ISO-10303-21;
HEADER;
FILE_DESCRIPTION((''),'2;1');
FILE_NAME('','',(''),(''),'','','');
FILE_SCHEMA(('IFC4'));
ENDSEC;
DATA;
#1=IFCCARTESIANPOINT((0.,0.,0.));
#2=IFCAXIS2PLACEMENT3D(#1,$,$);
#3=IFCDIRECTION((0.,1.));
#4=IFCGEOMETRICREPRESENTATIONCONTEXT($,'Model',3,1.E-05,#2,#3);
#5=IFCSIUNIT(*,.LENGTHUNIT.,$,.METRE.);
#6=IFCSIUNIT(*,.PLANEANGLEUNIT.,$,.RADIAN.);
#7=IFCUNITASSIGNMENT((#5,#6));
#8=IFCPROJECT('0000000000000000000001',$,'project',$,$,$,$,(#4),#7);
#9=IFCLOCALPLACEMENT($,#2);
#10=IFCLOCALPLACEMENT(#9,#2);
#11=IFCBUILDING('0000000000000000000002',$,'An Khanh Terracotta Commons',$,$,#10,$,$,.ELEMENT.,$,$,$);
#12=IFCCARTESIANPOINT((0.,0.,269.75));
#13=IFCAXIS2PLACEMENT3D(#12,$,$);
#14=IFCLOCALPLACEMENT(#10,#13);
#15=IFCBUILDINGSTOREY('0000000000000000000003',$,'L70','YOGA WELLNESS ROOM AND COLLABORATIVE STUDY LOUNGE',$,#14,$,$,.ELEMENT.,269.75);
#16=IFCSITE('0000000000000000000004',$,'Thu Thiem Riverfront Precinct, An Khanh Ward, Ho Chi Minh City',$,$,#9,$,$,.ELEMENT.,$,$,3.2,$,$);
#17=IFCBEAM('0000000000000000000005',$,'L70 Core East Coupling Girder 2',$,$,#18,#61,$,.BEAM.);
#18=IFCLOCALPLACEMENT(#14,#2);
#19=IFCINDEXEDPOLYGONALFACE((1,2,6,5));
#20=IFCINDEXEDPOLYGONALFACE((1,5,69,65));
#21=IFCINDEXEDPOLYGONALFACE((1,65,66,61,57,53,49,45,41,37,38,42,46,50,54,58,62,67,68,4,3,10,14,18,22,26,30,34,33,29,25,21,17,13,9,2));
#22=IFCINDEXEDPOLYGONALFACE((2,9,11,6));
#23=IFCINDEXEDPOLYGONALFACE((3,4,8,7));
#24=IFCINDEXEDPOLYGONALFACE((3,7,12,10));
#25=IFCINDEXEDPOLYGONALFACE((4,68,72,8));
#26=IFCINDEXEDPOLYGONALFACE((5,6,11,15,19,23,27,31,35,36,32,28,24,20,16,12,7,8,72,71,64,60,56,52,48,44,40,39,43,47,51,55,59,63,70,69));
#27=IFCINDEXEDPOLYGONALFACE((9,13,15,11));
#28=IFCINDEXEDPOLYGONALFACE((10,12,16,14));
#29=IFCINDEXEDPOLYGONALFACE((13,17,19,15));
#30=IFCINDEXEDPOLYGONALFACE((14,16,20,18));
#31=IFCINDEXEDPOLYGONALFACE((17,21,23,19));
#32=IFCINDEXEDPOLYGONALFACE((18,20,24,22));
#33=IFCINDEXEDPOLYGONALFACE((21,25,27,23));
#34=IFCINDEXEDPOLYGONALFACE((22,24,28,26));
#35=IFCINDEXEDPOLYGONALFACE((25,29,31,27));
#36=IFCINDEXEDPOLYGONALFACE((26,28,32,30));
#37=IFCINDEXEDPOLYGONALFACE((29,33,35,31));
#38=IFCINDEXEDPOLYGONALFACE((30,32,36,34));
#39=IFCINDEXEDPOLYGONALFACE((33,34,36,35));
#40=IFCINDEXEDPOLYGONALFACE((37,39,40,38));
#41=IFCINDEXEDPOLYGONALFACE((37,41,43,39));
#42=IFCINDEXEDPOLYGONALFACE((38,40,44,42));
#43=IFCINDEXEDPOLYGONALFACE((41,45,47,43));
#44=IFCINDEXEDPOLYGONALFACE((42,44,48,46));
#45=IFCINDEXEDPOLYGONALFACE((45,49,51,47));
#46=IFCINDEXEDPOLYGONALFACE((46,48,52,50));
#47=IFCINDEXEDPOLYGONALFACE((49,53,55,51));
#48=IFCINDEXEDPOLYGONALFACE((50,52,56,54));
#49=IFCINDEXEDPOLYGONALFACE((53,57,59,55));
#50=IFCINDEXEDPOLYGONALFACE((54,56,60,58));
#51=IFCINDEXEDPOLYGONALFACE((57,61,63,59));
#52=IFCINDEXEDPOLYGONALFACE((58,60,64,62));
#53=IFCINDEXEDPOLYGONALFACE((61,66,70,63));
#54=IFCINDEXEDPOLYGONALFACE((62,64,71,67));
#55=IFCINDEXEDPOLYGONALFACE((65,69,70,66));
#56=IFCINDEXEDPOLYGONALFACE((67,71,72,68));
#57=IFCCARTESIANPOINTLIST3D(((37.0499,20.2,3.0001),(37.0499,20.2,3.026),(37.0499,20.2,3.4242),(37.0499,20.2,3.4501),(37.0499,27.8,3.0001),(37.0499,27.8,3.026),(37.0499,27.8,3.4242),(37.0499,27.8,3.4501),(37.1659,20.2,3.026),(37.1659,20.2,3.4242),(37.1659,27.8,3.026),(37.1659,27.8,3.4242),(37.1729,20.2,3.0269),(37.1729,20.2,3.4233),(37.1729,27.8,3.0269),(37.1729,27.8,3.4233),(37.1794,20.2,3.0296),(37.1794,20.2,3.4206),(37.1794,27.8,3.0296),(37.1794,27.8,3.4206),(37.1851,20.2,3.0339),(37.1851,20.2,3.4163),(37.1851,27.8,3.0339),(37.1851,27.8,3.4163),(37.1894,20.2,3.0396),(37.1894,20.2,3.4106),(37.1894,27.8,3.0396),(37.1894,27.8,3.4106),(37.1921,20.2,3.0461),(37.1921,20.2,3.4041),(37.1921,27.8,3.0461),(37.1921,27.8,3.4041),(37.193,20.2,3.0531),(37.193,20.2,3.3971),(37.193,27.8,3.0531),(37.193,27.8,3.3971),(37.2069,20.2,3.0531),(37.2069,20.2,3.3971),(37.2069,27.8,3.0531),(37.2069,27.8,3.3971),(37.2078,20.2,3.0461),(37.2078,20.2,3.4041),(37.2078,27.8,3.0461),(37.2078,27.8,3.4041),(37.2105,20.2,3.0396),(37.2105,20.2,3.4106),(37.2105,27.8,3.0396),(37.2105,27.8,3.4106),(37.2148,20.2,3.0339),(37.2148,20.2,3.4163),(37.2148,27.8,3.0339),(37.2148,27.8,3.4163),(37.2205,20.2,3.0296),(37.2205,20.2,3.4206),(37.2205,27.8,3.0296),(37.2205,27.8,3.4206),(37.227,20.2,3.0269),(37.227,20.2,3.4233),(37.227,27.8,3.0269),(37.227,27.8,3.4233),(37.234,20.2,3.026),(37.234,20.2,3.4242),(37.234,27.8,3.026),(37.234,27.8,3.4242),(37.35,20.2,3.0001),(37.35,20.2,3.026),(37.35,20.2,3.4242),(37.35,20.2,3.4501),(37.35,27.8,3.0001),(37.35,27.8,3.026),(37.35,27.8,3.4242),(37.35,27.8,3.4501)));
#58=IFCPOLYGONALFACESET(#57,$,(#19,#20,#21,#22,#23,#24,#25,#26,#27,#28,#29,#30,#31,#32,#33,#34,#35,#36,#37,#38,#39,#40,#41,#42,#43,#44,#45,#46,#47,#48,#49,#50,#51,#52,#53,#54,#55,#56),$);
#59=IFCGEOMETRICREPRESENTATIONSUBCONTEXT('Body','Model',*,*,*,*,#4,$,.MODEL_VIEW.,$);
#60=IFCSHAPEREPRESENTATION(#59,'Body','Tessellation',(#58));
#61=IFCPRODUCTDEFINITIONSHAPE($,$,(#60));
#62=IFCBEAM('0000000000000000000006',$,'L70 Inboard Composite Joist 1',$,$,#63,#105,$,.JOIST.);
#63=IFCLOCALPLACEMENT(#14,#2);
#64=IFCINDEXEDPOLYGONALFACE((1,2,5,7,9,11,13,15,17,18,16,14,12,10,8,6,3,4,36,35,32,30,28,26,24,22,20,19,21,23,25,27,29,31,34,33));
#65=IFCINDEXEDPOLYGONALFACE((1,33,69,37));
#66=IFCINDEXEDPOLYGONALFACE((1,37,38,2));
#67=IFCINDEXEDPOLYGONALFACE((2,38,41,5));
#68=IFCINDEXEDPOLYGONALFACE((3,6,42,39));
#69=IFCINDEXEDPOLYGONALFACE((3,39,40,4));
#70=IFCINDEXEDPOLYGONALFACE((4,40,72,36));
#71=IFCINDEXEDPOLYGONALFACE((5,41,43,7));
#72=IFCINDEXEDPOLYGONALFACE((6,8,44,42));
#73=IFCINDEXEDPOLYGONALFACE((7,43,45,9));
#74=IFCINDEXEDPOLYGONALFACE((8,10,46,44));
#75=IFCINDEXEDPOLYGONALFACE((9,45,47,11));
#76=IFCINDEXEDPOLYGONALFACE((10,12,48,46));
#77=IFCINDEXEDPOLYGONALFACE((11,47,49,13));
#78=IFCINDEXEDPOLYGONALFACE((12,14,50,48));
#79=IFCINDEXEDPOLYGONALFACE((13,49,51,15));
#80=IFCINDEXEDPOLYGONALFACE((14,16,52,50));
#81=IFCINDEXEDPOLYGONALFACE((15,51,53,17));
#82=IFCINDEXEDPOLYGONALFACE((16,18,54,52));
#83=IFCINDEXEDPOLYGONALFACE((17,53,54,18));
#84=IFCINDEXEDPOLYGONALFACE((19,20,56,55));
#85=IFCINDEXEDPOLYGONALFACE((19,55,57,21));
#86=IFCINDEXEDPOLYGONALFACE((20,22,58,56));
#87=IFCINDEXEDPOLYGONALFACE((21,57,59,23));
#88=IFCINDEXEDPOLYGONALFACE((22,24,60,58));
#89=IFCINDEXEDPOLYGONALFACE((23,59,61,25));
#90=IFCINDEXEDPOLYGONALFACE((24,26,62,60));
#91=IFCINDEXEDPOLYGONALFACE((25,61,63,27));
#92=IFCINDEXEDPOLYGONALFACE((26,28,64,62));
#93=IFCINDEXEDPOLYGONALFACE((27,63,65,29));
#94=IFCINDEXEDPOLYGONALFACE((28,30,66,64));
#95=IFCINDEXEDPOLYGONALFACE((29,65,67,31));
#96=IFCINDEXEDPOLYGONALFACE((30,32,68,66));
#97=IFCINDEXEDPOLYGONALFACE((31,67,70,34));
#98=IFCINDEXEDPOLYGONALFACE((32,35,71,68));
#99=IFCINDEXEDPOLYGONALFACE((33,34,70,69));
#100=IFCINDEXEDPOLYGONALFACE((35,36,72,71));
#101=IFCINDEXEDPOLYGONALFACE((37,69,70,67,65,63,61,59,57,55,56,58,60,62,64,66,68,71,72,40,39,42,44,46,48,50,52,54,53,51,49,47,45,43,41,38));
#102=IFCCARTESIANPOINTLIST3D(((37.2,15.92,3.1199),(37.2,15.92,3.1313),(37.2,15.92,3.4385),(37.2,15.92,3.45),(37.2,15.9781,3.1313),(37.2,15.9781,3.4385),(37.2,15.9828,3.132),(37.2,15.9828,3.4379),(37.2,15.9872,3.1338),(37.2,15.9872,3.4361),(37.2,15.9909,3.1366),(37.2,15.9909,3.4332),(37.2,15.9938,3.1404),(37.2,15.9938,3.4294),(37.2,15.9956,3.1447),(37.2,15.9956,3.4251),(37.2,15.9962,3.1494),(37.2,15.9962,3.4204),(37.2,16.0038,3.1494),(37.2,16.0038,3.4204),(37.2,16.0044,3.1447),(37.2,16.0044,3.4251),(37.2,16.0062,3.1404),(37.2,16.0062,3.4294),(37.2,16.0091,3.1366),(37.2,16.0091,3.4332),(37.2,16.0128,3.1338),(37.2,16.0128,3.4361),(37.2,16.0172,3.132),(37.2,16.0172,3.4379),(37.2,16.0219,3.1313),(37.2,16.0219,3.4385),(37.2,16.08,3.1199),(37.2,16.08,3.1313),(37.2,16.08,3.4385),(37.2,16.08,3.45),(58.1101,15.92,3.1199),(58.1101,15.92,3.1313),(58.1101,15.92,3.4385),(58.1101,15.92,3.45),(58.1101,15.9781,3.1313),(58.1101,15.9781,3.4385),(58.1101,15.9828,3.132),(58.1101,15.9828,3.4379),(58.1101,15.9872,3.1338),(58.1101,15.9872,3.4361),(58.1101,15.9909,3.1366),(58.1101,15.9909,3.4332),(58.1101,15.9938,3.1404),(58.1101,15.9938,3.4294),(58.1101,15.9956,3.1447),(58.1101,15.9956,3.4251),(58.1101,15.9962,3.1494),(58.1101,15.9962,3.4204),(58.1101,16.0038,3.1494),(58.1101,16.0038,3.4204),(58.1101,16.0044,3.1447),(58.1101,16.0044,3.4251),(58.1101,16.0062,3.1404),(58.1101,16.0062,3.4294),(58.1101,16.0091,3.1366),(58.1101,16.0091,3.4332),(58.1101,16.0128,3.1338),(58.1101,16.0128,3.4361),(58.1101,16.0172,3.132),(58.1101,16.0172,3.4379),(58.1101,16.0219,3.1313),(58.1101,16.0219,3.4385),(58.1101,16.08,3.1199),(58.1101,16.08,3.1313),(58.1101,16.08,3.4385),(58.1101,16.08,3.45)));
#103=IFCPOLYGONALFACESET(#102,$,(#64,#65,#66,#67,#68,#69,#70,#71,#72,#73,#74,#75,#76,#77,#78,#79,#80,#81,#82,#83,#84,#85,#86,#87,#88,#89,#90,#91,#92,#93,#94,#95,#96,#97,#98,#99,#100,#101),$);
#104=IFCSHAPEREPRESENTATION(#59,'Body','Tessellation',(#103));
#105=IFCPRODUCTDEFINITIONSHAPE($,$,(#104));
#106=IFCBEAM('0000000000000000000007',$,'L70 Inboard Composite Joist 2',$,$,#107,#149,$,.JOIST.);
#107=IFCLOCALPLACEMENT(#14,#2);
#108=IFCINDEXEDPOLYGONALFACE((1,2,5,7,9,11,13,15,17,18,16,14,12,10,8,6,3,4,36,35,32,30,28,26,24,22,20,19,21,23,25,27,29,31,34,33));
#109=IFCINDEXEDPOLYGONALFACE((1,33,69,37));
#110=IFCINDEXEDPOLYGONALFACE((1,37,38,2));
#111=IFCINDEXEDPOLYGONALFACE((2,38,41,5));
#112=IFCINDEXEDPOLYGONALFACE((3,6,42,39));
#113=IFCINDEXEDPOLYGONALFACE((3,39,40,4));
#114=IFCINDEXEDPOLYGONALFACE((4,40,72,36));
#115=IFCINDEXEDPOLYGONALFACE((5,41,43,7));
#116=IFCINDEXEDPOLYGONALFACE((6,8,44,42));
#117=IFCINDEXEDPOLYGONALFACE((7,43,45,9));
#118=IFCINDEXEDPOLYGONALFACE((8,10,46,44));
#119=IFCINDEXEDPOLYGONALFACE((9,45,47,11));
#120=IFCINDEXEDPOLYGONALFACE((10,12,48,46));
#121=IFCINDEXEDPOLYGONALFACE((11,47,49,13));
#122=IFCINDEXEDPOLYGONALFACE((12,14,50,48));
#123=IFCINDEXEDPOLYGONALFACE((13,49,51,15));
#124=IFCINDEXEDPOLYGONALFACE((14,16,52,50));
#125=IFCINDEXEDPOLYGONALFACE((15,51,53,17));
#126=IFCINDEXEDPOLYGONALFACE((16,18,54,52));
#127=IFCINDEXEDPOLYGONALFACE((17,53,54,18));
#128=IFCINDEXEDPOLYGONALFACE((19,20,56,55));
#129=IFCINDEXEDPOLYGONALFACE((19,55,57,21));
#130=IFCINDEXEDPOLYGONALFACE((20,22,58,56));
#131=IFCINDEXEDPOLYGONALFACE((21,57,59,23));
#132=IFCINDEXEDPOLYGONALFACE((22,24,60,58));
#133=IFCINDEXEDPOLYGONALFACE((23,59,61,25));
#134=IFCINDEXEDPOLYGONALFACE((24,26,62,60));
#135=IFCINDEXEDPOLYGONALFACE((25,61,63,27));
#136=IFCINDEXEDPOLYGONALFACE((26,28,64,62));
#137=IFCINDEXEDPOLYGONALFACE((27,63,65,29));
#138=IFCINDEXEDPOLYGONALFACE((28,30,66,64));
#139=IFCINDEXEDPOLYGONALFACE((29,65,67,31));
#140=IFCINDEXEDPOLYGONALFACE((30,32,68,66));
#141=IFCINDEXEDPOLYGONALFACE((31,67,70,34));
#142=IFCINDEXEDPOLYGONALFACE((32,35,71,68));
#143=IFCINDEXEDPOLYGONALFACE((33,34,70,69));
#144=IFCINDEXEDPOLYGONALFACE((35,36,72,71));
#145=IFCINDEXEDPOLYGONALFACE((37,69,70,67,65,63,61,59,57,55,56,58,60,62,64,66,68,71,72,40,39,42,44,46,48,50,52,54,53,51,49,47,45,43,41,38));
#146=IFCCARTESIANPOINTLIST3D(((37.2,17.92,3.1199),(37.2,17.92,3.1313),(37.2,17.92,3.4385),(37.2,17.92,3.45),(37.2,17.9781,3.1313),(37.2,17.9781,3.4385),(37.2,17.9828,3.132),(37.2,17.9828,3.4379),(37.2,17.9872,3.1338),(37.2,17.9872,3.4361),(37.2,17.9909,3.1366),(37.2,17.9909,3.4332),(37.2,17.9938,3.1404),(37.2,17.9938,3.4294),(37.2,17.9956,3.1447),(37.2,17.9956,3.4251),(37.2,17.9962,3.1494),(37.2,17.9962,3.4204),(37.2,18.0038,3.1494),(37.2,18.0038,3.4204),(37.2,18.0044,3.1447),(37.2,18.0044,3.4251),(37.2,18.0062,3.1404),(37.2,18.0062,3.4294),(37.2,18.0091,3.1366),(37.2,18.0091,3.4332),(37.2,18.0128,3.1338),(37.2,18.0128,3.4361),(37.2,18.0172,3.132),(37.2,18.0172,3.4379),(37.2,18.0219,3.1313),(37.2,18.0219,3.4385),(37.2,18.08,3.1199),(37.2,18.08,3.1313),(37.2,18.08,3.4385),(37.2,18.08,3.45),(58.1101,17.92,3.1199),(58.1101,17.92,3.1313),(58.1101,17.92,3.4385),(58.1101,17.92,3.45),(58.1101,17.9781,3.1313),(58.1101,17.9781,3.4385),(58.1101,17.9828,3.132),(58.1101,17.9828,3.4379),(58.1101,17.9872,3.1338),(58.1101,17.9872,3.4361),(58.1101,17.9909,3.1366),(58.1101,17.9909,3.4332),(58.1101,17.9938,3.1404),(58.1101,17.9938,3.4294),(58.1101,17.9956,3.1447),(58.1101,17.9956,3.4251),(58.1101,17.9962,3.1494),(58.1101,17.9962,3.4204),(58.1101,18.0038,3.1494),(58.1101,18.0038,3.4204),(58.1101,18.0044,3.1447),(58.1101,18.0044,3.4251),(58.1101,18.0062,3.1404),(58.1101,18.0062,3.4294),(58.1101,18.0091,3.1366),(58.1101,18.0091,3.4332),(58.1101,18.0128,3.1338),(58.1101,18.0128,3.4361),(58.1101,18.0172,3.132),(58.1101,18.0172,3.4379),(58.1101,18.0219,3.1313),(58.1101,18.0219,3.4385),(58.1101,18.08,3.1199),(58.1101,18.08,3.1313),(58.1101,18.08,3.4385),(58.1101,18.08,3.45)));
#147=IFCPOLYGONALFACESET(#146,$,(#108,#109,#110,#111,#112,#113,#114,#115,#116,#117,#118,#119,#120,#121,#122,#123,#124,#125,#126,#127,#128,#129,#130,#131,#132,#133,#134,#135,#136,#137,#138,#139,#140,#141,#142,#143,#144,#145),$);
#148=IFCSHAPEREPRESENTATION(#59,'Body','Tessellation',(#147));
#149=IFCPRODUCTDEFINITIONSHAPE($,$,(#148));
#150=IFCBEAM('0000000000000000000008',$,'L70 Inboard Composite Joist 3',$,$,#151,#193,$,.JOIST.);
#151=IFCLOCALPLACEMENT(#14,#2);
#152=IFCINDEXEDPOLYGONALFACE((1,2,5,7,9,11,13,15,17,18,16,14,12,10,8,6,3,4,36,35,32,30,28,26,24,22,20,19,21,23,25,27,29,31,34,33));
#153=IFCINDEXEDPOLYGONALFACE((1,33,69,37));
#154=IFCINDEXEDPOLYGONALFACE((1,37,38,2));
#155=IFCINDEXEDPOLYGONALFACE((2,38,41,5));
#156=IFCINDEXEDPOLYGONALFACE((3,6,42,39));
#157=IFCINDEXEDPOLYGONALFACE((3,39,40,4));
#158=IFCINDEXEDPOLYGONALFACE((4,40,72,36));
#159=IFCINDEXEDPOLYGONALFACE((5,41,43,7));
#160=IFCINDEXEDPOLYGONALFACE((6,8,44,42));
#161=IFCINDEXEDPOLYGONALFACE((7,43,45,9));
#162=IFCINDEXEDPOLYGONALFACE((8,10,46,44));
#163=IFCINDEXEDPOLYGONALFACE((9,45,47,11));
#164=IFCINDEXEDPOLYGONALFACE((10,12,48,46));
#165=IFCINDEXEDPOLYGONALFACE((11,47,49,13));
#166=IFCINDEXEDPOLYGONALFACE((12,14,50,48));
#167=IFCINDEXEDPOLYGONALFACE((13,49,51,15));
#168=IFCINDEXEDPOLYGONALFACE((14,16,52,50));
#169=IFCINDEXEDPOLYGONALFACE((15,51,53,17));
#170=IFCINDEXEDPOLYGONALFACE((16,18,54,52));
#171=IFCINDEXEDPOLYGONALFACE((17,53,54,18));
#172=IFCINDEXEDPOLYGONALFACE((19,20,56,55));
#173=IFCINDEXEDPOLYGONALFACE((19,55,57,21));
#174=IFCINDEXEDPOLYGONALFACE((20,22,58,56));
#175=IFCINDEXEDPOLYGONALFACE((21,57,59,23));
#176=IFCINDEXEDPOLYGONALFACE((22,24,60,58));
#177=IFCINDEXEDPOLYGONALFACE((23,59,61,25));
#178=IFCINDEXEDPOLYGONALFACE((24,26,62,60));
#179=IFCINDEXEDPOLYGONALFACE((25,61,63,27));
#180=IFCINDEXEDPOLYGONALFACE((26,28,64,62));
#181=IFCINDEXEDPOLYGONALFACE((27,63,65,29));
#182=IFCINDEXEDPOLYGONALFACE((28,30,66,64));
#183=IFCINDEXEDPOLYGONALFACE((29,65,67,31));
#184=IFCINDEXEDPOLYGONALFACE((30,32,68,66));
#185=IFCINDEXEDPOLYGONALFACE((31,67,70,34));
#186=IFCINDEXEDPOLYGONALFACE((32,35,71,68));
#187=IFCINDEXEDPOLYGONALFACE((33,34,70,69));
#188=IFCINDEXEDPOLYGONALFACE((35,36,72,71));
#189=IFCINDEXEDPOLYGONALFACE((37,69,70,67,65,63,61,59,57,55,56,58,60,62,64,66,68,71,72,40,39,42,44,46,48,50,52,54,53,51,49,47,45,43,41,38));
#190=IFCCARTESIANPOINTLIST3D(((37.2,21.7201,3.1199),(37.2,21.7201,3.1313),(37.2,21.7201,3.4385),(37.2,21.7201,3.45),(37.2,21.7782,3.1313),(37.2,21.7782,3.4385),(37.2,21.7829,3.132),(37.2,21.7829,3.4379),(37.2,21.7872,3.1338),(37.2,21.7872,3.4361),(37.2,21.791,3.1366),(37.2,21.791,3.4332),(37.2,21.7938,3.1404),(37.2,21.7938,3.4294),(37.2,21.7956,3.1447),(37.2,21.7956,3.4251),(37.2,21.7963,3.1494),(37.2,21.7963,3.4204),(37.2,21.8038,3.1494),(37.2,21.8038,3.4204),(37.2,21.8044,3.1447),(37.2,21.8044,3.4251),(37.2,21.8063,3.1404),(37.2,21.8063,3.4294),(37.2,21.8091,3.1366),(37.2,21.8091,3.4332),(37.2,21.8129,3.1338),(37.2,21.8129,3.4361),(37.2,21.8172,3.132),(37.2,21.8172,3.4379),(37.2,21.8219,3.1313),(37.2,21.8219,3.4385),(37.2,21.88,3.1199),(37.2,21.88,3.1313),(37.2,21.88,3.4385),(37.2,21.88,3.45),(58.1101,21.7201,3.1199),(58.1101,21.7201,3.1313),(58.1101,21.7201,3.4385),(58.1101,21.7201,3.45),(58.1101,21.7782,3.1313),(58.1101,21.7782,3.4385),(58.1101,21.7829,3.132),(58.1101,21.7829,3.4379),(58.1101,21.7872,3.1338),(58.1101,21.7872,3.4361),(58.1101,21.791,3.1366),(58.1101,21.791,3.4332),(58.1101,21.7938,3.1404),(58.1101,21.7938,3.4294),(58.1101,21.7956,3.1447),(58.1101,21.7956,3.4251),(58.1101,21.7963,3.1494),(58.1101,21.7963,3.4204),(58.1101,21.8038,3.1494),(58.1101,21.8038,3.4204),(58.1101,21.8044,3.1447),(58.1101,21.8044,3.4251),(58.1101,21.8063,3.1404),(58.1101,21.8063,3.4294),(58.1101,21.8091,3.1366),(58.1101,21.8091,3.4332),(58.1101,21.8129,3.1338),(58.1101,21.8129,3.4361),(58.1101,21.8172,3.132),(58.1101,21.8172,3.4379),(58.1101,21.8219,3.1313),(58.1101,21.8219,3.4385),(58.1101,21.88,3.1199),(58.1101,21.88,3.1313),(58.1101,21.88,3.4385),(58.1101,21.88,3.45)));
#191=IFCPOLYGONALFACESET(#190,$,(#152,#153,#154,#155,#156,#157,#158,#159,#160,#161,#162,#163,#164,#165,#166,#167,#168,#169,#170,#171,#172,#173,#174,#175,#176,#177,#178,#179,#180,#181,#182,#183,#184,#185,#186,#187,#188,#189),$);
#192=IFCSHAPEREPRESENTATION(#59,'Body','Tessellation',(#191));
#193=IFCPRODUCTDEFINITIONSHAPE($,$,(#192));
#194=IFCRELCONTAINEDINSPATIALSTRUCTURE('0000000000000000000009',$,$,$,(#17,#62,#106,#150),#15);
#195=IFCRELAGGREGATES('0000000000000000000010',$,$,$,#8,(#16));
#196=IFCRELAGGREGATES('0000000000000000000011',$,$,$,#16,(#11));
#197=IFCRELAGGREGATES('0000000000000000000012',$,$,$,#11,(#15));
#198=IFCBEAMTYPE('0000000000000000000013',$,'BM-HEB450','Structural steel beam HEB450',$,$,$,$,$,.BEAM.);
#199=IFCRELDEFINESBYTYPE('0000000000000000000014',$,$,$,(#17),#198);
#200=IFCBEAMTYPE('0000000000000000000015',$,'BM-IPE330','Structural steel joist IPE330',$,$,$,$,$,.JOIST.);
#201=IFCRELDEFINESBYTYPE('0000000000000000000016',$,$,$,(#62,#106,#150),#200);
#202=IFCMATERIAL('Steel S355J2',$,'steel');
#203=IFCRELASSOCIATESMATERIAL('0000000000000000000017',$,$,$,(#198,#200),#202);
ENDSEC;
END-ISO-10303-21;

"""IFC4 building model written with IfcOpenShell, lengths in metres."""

from ifc_helpers import new_model, si_unit, direction, frame, origin, origin_2d, place, context, subcontext, project, spatial, i_section, extrude, material, material_profile, profile_set, type_object, element, save


model = new_model("IFC4")

# Units and contexts
model_context = context("Model", 3, precision=1e-05, world=origin(), true_north=direction((0.0, 1.0)))
body_context = subcontext(model_context, "Body", "Model", "MODEL_VIEW")
ifc_project = project(units=[si_unit("LENGTHUNIT", "METRE"), si_unit("PLANEANGLEUNIT", "RADIAN")], contexts=[model_context])

# Site, building, storey
site_placement = place(None, origin())
site = spatial("IfcSite", under=ifc_project, at=site_placement, Name="Thu Thiem Riverfront Precinct, An Khanh Ward, Ho Chi Minh City", CompositionType="ELEMENT", RefElevation=3.2)
building_placement = place(site_placement, origin())
building = spatial("IfcBuilding", under=site, at=building_placement, Name="An Khanh Terracotta Commons", CompositionType="ELEMENT")
storey_placement = place(building_placement, frame((0.0, 0.0, 269.75)))
storey = spatial("IfcBuildingStorey", under=building, at=storey_placement, Name="L70", Description="YOGA WELLNESS ROOM AND COLLABORATIVE STUDY LOUNGE", CompositionType="ELEMENT", Elevation=269.75)

# Beams
ifc_material_1 = material(Name="Steel S355J2", Category="steel")
ifc_material_profile_1 = material_profile(ifc_material_1, i_section(OverallWidth=0.3, OverallDepth=0.45, WebThickness=0.0139, FlangeThickness=0.0259, FilletRadius=0.0271, at=origin_2d()), Name="HEB450")
ifc_profile_set_1 = profile_set([ifc_material_profile_1], Name="Steel S355J2")
beam_type_1 = type_object("IfcBeamType", Name="BM-HEB450", Description="Structural steel beam HEB450", PredefinedType="BEAM", material=ifc_profile_set_1)
beam_1_placement = place(storey_placement, frame((37.2, 20.2, 3.2251), z_axis=(0.0, 1.0, 0.0), x_axis=(-1.0, 0.0, 0.0)))
element("IfcBeam", 1, at=beam_1_placement, inside=storey, type_object=beam_type_1, Name="L70 Core East Coupling Girder 2", PredefinedType="BEAM", context=body_context, shape_type="SweptSolid", body=[
    extrude(i_section(OverallWidth=0.3, OverallDepth=0.45, WebThickness=0.0139, FlangeThickness=0.0259, FilletRadius=0.0271, at=origin_2d()), origin(), (0.0, 0.0, 1.0), 7.6001),
])
ifc_material_profile_2 = material_profile(ifc_material_1, i_section(OverallWidth=0.1599, OverallDepth=0.3301, WebThickness=0.0076, FlangeThickness=0.0115, FilletRadius=0.0181, at=origin_2d()), Name="IPE330")
ifc_profile_set_2 = profile_set([ifc_material_profile_2], Name="Steel S355J2")
beam_type_2 = type_object("IfcBeamType", Name="BM-IPE330", Description="Structural steel joist IPE330", PredefinedType="JOIST", material=ifc_profile_set_2)
for number, where, z_axis, x_axis, name in (
    (2, (37.2, 16.0, 3.2849), (1.0, 0.0, 0.0), (0.0, 1.0, 0.0), "L70 Inboard Composite Joist 1"),
    (3, (37.2, 18.0, 3.2849), (1.0, 0.0, 0.0), (0.0, 1.0, 0.0), "L70 Inboard Composite Joist 2"),
    (4, (37.2, 21.8, 3.2849), (1.0, 0.0, 0.0), (0.0, 1.0, 0.0), "L70 Inboard Composite Joist 3"),
):
    element("IfcBeam", number, at=place(storey_placement, frame(where, z_axis=z_axis, x_axis=x_axis)), inside=storey, type_object=beam_type_2, Name=name, PredefinedType="JOIST", context=body_context, shape_type="SweptSolid", body=[
        extrude(i_section(OverallWidth=0.1599, OverallDepth=0.3301, WebThickness=0.0076, FlangeThickness=0.0115, FilletRadius=0.0181, at=origin_2d()), origin(), (0.0, 0.0, 1.0), 20.9102),
    ])

save(model, "model.ifc")
